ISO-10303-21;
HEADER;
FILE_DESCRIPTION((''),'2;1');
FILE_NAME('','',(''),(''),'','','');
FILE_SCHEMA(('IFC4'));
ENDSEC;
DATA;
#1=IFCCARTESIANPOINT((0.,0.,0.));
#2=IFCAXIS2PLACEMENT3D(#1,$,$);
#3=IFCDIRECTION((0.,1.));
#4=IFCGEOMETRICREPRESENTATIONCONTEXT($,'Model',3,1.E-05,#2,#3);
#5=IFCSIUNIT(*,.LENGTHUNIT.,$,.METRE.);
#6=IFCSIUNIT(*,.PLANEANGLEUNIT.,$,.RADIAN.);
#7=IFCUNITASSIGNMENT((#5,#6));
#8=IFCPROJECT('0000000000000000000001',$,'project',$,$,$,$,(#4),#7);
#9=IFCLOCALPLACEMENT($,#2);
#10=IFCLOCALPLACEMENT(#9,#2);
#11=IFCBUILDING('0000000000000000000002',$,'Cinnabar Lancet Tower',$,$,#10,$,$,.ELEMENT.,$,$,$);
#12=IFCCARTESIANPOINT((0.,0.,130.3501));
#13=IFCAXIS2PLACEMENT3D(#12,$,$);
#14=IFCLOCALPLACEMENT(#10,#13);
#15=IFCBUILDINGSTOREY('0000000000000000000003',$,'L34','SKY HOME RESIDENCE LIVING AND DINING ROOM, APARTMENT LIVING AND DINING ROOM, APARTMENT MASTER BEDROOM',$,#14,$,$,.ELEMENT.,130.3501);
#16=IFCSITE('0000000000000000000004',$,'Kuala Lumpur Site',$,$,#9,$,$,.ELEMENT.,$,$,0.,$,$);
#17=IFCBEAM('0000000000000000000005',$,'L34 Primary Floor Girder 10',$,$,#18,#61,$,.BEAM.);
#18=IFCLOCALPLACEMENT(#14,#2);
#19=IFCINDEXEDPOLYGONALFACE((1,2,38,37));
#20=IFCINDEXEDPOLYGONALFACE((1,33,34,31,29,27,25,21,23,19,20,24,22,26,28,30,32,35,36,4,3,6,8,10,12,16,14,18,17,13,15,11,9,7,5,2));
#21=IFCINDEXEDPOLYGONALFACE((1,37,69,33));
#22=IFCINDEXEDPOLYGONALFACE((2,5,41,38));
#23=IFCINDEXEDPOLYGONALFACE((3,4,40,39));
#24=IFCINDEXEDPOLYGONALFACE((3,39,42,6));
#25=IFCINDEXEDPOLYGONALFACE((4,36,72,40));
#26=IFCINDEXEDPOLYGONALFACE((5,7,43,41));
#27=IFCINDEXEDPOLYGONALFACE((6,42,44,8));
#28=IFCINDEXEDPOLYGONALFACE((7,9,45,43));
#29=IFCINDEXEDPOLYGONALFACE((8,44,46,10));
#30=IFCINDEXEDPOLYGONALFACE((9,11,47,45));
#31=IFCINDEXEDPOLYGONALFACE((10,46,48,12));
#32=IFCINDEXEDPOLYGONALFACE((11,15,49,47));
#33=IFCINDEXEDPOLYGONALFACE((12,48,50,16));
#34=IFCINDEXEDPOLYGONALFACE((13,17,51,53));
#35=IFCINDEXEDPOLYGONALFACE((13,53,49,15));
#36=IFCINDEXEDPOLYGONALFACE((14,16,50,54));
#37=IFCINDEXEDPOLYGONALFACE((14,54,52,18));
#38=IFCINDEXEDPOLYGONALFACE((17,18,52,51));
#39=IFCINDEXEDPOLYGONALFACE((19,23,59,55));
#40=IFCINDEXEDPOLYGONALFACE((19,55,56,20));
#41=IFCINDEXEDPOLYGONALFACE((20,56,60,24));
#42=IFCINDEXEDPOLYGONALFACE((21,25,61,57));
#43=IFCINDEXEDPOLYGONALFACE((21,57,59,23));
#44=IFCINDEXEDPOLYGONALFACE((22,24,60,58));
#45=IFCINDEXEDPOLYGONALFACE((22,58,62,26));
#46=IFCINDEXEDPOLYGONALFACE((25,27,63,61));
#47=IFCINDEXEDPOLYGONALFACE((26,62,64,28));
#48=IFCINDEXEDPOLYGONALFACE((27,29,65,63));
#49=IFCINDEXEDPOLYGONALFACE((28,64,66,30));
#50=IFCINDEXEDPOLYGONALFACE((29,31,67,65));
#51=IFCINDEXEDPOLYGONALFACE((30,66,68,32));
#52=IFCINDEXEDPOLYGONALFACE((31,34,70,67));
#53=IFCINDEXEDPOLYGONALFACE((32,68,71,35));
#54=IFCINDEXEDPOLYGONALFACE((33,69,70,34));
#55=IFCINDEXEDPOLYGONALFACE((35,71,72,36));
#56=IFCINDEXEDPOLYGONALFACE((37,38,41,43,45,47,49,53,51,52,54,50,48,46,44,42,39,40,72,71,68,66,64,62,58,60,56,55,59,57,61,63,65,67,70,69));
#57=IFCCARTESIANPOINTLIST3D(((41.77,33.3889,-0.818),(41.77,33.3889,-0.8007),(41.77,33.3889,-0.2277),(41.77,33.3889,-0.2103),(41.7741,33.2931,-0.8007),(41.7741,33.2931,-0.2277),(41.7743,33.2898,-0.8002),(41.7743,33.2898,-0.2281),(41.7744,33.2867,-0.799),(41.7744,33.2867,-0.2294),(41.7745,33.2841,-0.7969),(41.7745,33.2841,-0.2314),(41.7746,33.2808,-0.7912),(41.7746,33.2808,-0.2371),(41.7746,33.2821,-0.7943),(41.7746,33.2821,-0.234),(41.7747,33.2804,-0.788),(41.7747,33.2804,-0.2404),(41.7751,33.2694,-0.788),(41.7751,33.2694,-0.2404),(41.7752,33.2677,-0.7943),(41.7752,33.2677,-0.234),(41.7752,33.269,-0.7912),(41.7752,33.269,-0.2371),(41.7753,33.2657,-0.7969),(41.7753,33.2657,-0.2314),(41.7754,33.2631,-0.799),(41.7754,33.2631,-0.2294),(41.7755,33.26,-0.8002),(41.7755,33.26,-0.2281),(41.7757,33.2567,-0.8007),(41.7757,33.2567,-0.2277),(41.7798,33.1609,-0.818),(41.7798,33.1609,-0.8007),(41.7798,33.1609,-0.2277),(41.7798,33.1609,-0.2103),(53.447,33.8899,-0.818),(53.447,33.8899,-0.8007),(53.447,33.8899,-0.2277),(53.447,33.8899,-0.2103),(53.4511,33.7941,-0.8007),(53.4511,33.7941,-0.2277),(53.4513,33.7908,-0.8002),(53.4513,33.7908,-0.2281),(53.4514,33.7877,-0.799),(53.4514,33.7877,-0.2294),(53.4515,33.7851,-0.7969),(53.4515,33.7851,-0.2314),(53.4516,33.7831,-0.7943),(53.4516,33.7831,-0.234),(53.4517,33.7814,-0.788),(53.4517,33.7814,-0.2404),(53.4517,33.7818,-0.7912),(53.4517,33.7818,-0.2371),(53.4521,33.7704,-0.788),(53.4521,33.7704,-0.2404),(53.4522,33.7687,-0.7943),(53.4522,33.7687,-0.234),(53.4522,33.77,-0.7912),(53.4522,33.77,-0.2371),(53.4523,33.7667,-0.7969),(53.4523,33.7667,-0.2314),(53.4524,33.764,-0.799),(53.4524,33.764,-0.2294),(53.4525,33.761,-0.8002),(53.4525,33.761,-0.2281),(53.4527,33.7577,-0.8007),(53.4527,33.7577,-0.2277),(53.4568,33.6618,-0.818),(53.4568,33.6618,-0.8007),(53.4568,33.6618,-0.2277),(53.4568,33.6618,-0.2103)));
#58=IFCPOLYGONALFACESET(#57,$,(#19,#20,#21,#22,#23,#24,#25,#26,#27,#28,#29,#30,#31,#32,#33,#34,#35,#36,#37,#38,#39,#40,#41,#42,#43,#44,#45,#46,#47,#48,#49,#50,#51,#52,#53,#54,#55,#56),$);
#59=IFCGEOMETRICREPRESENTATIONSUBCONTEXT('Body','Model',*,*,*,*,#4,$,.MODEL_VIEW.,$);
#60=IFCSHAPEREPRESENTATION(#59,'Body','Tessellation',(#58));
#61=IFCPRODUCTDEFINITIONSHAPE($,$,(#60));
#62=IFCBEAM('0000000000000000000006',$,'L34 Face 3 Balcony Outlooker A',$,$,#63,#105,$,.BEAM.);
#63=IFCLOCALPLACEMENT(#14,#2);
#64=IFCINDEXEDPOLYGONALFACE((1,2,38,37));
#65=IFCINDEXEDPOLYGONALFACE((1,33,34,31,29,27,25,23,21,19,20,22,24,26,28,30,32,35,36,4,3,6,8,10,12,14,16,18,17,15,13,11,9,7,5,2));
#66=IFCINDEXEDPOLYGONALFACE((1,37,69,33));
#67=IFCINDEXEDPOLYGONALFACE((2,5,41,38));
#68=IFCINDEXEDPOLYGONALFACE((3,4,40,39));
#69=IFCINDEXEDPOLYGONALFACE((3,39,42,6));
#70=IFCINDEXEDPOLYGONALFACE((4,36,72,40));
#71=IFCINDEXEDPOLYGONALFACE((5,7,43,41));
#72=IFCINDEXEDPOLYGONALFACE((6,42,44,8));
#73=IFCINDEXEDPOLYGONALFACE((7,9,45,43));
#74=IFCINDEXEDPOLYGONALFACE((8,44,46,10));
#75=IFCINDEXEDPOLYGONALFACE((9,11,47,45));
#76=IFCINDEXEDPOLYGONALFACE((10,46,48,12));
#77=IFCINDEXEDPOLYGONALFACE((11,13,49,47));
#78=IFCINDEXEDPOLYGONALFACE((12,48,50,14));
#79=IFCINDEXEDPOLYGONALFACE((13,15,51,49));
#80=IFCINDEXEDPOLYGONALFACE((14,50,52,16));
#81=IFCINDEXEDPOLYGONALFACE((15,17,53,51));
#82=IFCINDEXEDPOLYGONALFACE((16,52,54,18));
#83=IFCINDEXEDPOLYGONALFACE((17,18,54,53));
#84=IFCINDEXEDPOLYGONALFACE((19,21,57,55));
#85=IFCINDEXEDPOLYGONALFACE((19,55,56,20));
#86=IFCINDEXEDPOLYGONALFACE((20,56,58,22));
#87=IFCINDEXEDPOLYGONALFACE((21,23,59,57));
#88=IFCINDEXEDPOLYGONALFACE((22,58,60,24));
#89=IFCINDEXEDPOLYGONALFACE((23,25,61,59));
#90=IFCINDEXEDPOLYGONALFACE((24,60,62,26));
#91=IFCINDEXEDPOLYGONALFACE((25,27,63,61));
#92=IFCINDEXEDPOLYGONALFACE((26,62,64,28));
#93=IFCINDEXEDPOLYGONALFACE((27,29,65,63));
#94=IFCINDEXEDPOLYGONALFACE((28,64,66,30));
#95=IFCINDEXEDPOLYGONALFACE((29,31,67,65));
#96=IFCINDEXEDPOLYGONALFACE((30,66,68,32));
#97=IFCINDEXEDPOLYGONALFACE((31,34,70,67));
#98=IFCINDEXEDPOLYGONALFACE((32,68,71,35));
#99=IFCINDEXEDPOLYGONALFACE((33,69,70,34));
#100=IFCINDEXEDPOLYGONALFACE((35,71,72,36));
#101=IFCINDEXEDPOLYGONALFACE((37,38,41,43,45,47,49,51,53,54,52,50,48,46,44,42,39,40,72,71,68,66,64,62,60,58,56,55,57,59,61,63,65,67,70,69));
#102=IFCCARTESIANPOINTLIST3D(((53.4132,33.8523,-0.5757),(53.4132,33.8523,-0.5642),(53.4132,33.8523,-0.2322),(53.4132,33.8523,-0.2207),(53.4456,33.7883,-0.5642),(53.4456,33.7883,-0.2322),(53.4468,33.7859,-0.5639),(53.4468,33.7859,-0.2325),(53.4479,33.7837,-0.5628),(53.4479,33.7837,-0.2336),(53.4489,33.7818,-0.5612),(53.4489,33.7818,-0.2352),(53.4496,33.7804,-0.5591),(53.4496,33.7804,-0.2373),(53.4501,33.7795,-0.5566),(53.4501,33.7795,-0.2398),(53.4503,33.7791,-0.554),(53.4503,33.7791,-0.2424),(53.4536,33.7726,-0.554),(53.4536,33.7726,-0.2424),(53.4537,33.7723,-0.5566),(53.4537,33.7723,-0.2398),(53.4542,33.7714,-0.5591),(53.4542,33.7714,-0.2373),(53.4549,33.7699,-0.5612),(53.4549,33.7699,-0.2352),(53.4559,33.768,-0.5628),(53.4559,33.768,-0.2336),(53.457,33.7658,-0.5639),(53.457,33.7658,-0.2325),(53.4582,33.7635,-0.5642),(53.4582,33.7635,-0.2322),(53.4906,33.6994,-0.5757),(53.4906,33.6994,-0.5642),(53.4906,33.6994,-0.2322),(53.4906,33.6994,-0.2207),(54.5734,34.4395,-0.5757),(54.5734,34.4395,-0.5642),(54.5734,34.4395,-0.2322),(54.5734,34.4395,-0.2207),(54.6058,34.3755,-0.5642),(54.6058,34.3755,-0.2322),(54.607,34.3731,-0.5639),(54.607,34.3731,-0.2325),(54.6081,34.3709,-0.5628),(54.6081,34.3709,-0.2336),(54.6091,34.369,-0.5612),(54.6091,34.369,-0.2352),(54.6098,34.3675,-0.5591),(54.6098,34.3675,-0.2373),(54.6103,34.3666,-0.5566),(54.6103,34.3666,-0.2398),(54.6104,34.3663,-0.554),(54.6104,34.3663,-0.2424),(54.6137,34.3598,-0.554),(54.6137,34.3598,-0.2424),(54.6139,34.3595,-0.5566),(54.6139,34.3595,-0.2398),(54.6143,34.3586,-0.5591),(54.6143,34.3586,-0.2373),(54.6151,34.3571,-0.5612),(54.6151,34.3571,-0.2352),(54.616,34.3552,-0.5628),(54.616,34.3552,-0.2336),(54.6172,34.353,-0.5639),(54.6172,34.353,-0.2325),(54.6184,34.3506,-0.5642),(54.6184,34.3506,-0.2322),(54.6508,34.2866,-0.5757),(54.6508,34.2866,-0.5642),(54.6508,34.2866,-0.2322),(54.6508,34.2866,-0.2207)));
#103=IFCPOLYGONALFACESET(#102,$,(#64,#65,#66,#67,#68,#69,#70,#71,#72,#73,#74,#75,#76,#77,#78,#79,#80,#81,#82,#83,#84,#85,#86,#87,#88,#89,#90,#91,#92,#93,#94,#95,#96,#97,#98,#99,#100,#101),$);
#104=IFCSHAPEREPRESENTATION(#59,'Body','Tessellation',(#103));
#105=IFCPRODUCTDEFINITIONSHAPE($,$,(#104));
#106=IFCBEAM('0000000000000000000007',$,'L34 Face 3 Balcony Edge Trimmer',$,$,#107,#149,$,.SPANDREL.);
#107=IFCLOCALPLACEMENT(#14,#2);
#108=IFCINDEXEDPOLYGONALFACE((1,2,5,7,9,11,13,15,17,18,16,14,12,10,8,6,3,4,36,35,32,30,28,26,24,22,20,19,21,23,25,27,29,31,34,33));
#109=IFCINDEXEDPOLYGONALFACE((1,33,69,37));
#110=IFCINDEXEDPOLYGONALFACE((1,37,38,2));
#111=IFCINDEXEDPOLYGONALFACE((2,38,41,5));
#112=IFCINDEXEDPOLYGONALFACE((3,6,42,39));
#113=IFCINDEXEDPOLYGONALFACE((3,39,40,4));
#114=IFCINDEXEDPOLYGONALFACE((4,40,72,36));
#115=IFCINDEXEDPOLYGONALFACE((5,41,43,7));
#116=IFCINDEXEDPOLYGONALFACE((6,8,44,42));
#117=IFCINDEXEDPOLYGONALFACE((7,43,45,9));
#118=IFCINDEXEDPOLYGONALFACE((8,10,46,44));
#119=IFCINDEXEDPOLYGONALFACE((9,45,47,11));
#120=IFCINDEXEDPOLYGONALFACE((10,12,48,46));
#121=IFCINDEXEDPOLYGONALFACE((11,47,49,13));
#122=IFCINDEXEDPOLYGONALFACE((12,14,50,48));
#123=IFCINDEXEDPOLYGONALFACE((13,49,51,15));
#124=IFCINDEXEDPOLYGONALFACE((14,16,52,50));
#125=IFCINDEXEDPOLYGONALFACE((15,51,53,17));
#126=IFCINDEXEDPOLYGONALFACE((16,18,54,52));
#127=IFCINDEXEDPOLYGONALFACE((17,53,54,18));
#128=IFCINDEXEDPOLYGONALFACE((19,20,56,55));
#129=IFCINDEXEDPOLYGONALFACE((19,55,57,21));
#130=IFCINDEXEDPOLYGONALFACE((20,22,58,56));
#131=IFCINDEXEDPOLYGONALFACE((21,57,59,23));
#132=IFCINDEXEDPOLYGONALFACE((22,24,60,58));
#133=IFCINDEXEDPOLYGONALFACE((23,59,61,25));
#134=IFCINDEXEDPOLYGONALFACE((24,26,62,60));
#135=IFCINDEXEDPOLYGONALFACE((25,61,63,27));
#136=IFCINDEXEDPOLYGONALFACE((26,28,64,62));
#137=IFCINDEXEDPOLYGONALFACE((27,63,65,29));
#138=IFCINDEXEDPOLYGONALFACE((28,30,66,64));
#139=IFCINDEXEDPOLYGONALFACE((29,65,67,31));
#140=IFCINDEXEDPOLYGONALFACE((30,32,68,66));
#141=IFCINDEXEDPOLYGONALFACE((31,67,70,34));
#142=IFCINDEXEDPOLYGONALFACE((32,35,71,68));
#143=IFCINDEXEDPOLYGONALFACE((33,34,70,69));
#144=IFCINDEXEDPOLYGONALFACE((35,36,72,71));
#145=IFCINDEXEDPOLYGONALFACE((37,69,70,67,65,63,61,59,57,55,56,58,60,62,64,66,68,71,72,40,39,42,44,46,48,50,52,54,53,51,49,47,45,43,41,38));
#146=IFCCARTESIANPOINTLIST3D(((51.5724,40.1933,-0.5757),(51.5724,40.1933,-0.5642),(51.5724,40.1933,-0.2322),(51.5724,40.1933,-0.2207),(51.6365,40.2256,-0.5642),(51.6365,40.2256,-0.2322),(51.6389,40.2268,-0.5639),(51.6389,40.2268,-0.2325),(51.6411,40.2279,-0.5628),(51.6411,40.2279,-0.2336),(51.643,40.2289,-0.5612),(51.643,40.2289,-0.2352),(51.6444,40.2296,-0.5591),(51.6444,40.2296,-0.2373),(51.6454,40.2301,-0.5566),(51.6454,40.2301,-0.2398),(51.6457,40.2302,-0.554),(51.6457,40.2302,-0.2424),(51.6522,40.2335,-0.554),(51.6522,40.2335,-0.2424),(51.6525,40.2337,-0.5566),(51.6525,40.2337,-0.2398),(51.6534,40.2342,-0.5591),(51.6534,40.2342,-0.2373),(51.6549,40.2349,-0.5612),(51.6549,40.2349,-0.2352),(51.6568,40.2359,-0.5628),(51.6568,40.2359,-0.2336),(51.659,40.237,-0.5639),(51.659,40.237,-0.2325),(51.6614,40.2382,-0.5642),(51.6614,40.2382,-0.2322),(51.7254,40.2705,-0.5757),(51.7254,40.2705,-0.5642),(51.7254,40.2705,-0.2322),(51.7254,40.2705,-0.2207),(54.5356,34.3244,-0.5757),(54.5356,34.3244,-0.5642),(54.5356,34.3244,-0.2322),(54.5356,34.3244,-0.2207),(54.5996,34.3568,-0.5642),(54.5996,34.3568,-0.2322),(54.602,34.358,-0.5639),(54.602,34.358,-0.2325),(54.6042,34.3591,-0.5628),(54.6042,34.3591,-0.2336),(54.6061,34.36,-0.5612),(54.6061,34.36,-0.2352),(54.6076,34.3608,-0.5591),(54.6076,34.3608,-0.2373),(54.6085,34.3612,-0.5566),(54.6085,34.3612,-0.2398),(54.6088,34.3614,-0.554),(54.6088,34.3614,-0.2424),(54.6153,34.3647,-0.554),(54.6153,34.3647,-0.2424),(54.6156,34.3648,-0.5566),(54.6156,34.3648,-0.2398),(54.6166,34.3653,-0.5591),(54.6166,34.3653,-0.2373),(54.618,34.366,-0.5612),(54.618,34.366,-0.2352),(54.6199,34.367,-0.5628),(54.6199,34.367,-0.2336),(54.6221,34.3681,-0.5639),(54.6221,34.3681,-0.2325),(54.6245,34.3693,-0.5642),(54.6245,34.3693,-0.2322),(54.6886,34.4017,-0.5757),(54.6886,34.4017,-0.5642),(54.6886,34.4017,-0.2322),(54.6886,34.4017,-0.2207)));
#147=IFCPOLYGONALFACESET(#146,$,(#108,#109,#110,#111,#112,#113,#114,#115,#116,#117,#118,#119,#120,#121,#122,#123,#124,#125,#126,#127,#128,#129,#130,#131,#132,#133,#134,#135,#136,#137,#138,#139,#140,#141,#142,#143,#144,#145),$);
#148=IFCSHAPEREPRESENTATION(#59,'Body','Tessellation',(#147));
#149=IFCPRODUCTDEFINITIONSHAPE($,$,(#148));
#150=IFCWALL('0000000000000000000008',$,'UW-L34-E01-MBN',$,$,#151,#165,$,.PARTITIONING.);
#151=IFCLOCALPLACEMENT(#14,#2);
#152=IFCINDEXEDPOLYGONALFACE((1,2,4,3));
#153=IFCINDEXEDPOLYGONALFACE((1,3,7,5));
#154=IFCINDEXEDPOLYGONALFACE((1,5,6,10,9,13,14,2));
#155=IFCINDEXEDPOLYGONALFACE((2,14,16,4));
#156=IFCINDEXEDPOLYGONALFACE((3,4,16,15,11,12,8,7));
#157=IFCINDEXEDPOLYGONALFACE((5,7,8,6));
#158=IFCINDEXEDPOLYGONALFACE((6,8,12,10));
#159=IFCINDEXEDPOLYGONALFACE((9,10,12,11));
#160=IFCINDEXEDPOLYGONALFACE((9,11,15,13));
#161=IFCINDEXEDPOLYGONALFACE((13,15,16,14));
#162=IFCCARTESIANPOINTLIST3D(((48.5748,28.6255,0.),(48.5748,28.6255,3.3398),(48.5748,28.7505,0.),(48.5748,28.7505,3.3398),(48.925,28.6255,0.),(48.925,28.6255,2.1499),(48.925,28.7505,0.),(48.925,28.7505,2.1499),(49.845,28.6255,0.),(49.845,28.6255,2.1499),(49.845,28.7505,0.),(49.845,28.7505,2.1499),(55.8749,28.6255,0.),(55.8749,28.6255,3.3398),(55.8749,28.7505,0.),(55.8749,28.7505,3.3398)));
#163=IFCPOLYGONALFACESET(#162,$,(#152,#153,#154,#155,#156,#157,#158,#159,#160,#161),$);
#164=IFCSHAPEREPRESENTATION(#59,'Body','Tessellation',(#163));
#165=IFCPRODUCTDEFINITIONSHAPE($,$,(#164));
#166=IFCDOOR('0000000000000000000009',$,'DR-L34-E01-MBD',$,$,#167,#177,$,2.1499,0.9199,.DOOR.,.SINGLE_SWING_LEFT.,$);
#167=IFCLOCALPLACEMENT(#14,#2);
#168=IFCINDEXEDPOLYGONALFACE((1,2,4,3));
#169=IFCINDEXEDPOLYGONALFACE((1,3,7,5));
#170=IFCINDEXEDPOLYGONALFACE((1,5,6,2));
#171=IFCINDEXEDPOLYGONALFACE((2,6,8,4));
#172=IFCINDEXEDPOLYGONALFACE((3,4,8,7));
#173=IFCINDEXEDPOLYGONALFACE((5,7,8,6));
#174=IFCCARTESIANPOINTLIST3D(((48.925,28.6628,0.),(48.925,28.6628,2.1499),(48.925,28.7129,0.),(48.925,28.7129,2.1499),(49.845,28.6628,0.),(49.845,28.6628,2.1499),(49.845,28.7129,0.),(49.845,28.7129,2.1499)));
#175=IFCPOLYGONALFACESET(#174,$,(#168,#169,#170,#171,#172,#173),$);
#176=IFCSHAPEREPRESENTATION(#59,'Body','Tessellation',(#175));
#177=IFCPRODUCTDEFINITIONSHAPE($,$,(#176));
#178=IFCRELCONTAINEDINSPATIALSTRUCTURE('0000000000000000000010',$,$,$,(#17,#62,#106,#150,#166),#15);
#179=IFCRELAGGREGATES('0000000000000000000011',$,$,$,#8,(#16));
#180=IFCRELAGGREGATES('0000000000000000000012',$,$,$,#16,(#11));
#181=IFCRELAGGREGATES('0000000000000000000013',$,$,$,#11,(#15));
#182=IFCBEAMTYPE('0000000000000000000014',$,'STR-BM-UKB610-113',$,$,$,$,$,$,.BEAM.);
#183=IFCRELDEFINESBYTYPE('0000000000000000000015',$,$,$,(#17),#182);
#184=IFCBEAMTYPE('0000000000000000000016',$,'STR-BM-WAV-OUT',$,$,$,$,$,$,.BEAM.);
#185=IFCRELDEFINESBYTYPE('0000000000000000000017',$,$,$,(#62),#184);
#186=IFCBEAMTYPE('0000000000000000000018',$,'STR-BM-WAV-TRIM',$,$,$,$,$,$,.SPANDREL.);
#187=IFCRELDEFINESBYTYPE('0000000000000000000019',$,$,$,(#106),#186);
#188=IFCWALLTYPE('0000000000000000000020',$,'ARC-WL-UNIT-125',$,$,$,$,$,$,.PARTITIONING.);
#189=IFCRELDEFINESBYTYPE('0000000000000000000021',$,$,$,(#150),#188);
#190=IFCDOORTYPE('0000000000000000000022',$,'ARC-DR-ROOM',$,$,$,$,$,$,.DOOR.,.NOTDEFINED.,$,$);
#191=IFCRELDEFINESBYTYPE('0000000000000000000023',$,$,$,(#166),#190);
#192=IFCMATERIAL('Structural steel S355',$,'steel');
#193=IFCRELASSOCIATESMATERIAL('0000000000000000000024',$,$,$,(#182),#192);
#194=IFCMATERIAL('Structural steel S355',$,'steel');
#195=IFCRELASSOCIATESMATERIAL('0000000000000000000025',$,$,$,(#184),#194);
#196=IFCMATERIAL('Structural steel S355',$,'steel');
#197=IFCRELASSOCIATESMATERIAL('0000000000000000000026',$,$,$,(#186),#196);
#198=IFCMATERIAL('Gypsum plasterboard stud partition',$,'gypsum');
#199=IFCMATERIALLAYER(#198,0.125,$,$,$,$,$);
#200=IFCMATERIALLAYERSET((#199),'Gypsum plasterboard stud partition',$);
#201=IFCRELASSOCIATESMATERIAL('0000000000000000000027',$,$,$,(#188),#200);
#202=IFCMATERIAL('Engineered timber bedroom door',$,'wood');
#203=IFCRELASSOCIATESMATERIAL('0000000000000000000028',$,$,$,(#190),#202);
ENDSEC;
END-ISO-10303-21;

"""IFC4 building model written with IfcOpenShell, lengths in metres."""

from ifc_helpers import new_model, si_unit, direction, frame, frame_2d, origin, origin_2d, place, context, subcontext, project, spatial, rectangle, i_section, extrude, material, layer, layer_set, material_profile, profile_set, type_object, element, fill, save


model = new_model("IFC4")

# Units and contexts
model_context = context("Model", 3, precision=1e-05, world=origin(), true_north=direction((0.0, 1.0)))
body_context = subcontext(model_context, "Body", "Model", "MODEL_VIEW")
ifc_project = project(units=[si_unit("LENGTHUNIT", "METRE"), si_unit("PLANEANGLEUNIT", "RADIAN")], contexts=[model_context])

# Site, building, storey
site_placement = place(None, origin())
site = spatial("IfcSite", under=ifc_project, at=site_placement, Name="Kuala Lumpur Site", CompositionType="ELEMENT", RefElevation=0.0)
building_placement = place(site_placement, origin())
building = spatial("IfcBuilding", under=site, at=building_placement, Name="Cinnabar Lancet Tower", CompositionType="ELEMENT")
storey_placement = place(building_placement, frame((0.0, 0.0, 130.3501)))
storey = spatial("IfcBuildingStorey", under=building, at=storey_placement, Name="L34", Description="SKY HOME RESIDENCE LIVING AND DINING ROOM, APARTMENT LIVING AND DINING ROOM, APARTMENT MASTER BEDROOM", CompositionType="ELEMENT", Elevation=130.3501)

# Beams
ifc_material_1 = material(Name="Structural steel S355", Category="steel")
ifc_material_profile_1 = material_profile(ifc_material_1, i_section(OverallWidth=0.2283, OverallDepth=0.6077, WebThickness=0.011, FlangeThickness=0.0173, FilletRadius=0.0127, at=origin_2d()), Name="UKB 610x229x113")
ifc_profile_set_1 = profile_set([ifc_material_profile_1], Name="Structural steel S355")
beam_type_1 = type_object("IfcBeamType", Name="STR-BM-UKB610-113", PredefinedType="BEAM", material=ifc_profile_set_1)
beam_1_placement = place(storey_placement, frame((53.4519, 33.7759, -0.5142), z_axis=(-0.999081, -0.042863, 0.0), x_axis=(0.042863, -0.999081, 0.0)))
element("IfcBeam", 1, at=beam_1_placement, inside=storey, type_object=beam_type_1, Name="L34 Primary Floor Girder 10", PredefinedType="BEAM", context=body_context, shape_type="SweptSolid", body=[
    extrude(i_section(OverallWidth=0.2283, OverallDepth=0.6077, WebThickness=0.011, FlangeThickness=0.0173, FilletRadius=0.0127, at=origin_2d()), origin(), (0.0, 0.0, 1.0), 11.6877),
])
ifc_material_2 = material(Name="Structural steel S355", Category="steel")
ifc_material_profile_2 = material_profile(ifc_material_2, i_section(OverallWidth=0.1714, OverallDepth=0.355, WebThickness=0.0073, FlangeThickness=0.0115, FilletRadius=0.0103, at=origin_2d()), Name="UKB 356x171x51")
ifc_profile_set_2 = profile_set([ifc_material_profile_2], Name="Structural steel S355")
beam_type_2 = type_object("IfcBeamType", Name="STR-BM-WAV-OUT", PredefinedType="BEAM", material=ifc_profile_set_2)
beam_2_placement = place(storey_placement, frame((53.4519, 33.7759, -0.3982), z_axis=(0.892239, 0.451564, 0.0), x_axis=(-0.451564, 0.892239, 0.0)))
element("IfcBeam", 2, at=beam_2_placement, inside=storey, type_object=beam_type_2, Name="L34 Face 3 Balcony Outlooker A", PredefinedType="BEAM", context=body_context, shape_type="SweptSolid", body=[
    extrude(i_section(OverallWidth=0.1714, OverallDepth=0.355, WebThickness=0.0073, FlangeThickness=0.0115, FilletRadius=0.0103, at=origin_2d()), origin(), (0.0, 0.0, 1.0), 1.3003),
])
ifc_material_3 = material(Name="Structural steel S355", Category="steel")
ifc_material_profile_3 = material_profile(ifc_material_3, i_section(OverallWidth=0.1714, OverallDepth=0.355, WebThickness=0.0073, FlangeThickness=0.0115, FilletRadius=0.0103, at=origin_2d()), Name="UKB 356x171x51")
ifc_profile_set_3 = profile_set([ifc_material_profile_3], Name="Structural steel S355")
beam_type_3 = type_object("IfcBeamType", Name="STR-BM-WAV-TRIM", PredefinedType="SPANDREL", material=ifc_profile_set_3)
beam_3_placement = place(storey_placement, frame((54.6121, 34.363, -0.3982), z_axis=(-0.450701, 0.892675, 0.0), x_axis=(-0.892675, -0.450701, 0.0)))
element("IfcBeam", 3, at=beam_3_placement, inside=storey, type_object=beam_type_3, Name="L34 Face 3 Balcony Edge Trimmer", PredefinedType="SPANDREL", context=body_context, shape_type="SweptSolid", body=[
    extrude(i_section(OverallWidth=0.1714, OverallDepth=0.355, WebThickness=0.0073, FlangeThickness=0.0115, FilletRadius=0.0103, at=origin_2d()), origin(), (0.0, 0.0, 1.0), 6.5745),
])

# Wall, opening, door
ifc_material_4 = material(Name="Gypsum plasterboard stud partition", Category="gypsum")
ifc_layer_1 = layer(ifc_material_4, 0.125)
ifc_layer_set_1 = layer_set([ifc_layer_1], Name="Gypsum plasterboard stud partition")
wall_type_1 = type_object("IfcWallType", Name="ARC-WL-UNIT-125", PredefinedType="PARTITIONING", material=ifc_layer_set_1)
wall_1_placement = place(storey_placement, frame((48.575, 28.688, 0.0), z_axis=(0.0, 0.0, 1.0), x_axis=(1.0, 0.0, 0.0)))
wall_1 = element("IfcWall", 4, at=wall_1_placement, inside=storey, type_object=wall_type_1, Name="UW-L34-E01-MBN", PredefinedType="PARTITIONING", context=body_context, shape_type="SweptSolid", body=[
    extrude(rectangle(XDim=7.3, YDim=0.125, at=frame_2d((3.6499, 0.0))), origin(), (0.0, 0.0, 1.0), 3.3398),
])
opening_1_placement = place(wall_1_placement, frame((0.3501, 0.0, 0.0)))
opening_1 = element("IfcOpeningElement", 5, at=opening_1_placement, cuts=wall_1, PredefinedType="OPENING", context=body_context, shape_type="SweptSolid", body=[
    extrude(rectangle(XDim=0.9199, YDim=2.1499, at=frame_2d((0.46, 1.075))), frame((0.0, 0.0725, 0.0), z_axis=(0.0, -1.0, 0.0), x_axis=(1.0, 0.0, 0.0)), (0.0, 0.0, 1.0), 0.145),
])
ifc_material_5 = material(Name="Engineered timber bedroom door", Category="wood")
door_type_1 = type_object("IfcDoorType", Name="ARC-DR-ROOM", OperationType="NOTDEFINED", PredefinedType="DOOR", material=ifc_material_5)
door_1_placement = place(opening_1_placement, origin())
door_1 = element("IfcDoor", 6, at=door_1_placement, inside=storey, type_object=door_type_1, Name="DR-L34-E01-MBD", OperationType="SINGLE_SWING_LEFT", OverallHeight=2.1499, OverallWidth=0.9199, PredefinedType="DOOR", context=body_context, shape_type="SweptSolid", body=[
    extrude(rectangle(XDim=0.9199, YDim=2.1499, at=frame_2d((0.46, 1.075))), frame((0.0, 0.0249, 0.0), z_axis=(0.0, -1.0, 0.0), x_axis=(1.0, 0.0, 0.0)), (0.0, 0.0, 1.0), 0.05),
])
fill(opening_1, door_1)

save(model, "model.ifc")
